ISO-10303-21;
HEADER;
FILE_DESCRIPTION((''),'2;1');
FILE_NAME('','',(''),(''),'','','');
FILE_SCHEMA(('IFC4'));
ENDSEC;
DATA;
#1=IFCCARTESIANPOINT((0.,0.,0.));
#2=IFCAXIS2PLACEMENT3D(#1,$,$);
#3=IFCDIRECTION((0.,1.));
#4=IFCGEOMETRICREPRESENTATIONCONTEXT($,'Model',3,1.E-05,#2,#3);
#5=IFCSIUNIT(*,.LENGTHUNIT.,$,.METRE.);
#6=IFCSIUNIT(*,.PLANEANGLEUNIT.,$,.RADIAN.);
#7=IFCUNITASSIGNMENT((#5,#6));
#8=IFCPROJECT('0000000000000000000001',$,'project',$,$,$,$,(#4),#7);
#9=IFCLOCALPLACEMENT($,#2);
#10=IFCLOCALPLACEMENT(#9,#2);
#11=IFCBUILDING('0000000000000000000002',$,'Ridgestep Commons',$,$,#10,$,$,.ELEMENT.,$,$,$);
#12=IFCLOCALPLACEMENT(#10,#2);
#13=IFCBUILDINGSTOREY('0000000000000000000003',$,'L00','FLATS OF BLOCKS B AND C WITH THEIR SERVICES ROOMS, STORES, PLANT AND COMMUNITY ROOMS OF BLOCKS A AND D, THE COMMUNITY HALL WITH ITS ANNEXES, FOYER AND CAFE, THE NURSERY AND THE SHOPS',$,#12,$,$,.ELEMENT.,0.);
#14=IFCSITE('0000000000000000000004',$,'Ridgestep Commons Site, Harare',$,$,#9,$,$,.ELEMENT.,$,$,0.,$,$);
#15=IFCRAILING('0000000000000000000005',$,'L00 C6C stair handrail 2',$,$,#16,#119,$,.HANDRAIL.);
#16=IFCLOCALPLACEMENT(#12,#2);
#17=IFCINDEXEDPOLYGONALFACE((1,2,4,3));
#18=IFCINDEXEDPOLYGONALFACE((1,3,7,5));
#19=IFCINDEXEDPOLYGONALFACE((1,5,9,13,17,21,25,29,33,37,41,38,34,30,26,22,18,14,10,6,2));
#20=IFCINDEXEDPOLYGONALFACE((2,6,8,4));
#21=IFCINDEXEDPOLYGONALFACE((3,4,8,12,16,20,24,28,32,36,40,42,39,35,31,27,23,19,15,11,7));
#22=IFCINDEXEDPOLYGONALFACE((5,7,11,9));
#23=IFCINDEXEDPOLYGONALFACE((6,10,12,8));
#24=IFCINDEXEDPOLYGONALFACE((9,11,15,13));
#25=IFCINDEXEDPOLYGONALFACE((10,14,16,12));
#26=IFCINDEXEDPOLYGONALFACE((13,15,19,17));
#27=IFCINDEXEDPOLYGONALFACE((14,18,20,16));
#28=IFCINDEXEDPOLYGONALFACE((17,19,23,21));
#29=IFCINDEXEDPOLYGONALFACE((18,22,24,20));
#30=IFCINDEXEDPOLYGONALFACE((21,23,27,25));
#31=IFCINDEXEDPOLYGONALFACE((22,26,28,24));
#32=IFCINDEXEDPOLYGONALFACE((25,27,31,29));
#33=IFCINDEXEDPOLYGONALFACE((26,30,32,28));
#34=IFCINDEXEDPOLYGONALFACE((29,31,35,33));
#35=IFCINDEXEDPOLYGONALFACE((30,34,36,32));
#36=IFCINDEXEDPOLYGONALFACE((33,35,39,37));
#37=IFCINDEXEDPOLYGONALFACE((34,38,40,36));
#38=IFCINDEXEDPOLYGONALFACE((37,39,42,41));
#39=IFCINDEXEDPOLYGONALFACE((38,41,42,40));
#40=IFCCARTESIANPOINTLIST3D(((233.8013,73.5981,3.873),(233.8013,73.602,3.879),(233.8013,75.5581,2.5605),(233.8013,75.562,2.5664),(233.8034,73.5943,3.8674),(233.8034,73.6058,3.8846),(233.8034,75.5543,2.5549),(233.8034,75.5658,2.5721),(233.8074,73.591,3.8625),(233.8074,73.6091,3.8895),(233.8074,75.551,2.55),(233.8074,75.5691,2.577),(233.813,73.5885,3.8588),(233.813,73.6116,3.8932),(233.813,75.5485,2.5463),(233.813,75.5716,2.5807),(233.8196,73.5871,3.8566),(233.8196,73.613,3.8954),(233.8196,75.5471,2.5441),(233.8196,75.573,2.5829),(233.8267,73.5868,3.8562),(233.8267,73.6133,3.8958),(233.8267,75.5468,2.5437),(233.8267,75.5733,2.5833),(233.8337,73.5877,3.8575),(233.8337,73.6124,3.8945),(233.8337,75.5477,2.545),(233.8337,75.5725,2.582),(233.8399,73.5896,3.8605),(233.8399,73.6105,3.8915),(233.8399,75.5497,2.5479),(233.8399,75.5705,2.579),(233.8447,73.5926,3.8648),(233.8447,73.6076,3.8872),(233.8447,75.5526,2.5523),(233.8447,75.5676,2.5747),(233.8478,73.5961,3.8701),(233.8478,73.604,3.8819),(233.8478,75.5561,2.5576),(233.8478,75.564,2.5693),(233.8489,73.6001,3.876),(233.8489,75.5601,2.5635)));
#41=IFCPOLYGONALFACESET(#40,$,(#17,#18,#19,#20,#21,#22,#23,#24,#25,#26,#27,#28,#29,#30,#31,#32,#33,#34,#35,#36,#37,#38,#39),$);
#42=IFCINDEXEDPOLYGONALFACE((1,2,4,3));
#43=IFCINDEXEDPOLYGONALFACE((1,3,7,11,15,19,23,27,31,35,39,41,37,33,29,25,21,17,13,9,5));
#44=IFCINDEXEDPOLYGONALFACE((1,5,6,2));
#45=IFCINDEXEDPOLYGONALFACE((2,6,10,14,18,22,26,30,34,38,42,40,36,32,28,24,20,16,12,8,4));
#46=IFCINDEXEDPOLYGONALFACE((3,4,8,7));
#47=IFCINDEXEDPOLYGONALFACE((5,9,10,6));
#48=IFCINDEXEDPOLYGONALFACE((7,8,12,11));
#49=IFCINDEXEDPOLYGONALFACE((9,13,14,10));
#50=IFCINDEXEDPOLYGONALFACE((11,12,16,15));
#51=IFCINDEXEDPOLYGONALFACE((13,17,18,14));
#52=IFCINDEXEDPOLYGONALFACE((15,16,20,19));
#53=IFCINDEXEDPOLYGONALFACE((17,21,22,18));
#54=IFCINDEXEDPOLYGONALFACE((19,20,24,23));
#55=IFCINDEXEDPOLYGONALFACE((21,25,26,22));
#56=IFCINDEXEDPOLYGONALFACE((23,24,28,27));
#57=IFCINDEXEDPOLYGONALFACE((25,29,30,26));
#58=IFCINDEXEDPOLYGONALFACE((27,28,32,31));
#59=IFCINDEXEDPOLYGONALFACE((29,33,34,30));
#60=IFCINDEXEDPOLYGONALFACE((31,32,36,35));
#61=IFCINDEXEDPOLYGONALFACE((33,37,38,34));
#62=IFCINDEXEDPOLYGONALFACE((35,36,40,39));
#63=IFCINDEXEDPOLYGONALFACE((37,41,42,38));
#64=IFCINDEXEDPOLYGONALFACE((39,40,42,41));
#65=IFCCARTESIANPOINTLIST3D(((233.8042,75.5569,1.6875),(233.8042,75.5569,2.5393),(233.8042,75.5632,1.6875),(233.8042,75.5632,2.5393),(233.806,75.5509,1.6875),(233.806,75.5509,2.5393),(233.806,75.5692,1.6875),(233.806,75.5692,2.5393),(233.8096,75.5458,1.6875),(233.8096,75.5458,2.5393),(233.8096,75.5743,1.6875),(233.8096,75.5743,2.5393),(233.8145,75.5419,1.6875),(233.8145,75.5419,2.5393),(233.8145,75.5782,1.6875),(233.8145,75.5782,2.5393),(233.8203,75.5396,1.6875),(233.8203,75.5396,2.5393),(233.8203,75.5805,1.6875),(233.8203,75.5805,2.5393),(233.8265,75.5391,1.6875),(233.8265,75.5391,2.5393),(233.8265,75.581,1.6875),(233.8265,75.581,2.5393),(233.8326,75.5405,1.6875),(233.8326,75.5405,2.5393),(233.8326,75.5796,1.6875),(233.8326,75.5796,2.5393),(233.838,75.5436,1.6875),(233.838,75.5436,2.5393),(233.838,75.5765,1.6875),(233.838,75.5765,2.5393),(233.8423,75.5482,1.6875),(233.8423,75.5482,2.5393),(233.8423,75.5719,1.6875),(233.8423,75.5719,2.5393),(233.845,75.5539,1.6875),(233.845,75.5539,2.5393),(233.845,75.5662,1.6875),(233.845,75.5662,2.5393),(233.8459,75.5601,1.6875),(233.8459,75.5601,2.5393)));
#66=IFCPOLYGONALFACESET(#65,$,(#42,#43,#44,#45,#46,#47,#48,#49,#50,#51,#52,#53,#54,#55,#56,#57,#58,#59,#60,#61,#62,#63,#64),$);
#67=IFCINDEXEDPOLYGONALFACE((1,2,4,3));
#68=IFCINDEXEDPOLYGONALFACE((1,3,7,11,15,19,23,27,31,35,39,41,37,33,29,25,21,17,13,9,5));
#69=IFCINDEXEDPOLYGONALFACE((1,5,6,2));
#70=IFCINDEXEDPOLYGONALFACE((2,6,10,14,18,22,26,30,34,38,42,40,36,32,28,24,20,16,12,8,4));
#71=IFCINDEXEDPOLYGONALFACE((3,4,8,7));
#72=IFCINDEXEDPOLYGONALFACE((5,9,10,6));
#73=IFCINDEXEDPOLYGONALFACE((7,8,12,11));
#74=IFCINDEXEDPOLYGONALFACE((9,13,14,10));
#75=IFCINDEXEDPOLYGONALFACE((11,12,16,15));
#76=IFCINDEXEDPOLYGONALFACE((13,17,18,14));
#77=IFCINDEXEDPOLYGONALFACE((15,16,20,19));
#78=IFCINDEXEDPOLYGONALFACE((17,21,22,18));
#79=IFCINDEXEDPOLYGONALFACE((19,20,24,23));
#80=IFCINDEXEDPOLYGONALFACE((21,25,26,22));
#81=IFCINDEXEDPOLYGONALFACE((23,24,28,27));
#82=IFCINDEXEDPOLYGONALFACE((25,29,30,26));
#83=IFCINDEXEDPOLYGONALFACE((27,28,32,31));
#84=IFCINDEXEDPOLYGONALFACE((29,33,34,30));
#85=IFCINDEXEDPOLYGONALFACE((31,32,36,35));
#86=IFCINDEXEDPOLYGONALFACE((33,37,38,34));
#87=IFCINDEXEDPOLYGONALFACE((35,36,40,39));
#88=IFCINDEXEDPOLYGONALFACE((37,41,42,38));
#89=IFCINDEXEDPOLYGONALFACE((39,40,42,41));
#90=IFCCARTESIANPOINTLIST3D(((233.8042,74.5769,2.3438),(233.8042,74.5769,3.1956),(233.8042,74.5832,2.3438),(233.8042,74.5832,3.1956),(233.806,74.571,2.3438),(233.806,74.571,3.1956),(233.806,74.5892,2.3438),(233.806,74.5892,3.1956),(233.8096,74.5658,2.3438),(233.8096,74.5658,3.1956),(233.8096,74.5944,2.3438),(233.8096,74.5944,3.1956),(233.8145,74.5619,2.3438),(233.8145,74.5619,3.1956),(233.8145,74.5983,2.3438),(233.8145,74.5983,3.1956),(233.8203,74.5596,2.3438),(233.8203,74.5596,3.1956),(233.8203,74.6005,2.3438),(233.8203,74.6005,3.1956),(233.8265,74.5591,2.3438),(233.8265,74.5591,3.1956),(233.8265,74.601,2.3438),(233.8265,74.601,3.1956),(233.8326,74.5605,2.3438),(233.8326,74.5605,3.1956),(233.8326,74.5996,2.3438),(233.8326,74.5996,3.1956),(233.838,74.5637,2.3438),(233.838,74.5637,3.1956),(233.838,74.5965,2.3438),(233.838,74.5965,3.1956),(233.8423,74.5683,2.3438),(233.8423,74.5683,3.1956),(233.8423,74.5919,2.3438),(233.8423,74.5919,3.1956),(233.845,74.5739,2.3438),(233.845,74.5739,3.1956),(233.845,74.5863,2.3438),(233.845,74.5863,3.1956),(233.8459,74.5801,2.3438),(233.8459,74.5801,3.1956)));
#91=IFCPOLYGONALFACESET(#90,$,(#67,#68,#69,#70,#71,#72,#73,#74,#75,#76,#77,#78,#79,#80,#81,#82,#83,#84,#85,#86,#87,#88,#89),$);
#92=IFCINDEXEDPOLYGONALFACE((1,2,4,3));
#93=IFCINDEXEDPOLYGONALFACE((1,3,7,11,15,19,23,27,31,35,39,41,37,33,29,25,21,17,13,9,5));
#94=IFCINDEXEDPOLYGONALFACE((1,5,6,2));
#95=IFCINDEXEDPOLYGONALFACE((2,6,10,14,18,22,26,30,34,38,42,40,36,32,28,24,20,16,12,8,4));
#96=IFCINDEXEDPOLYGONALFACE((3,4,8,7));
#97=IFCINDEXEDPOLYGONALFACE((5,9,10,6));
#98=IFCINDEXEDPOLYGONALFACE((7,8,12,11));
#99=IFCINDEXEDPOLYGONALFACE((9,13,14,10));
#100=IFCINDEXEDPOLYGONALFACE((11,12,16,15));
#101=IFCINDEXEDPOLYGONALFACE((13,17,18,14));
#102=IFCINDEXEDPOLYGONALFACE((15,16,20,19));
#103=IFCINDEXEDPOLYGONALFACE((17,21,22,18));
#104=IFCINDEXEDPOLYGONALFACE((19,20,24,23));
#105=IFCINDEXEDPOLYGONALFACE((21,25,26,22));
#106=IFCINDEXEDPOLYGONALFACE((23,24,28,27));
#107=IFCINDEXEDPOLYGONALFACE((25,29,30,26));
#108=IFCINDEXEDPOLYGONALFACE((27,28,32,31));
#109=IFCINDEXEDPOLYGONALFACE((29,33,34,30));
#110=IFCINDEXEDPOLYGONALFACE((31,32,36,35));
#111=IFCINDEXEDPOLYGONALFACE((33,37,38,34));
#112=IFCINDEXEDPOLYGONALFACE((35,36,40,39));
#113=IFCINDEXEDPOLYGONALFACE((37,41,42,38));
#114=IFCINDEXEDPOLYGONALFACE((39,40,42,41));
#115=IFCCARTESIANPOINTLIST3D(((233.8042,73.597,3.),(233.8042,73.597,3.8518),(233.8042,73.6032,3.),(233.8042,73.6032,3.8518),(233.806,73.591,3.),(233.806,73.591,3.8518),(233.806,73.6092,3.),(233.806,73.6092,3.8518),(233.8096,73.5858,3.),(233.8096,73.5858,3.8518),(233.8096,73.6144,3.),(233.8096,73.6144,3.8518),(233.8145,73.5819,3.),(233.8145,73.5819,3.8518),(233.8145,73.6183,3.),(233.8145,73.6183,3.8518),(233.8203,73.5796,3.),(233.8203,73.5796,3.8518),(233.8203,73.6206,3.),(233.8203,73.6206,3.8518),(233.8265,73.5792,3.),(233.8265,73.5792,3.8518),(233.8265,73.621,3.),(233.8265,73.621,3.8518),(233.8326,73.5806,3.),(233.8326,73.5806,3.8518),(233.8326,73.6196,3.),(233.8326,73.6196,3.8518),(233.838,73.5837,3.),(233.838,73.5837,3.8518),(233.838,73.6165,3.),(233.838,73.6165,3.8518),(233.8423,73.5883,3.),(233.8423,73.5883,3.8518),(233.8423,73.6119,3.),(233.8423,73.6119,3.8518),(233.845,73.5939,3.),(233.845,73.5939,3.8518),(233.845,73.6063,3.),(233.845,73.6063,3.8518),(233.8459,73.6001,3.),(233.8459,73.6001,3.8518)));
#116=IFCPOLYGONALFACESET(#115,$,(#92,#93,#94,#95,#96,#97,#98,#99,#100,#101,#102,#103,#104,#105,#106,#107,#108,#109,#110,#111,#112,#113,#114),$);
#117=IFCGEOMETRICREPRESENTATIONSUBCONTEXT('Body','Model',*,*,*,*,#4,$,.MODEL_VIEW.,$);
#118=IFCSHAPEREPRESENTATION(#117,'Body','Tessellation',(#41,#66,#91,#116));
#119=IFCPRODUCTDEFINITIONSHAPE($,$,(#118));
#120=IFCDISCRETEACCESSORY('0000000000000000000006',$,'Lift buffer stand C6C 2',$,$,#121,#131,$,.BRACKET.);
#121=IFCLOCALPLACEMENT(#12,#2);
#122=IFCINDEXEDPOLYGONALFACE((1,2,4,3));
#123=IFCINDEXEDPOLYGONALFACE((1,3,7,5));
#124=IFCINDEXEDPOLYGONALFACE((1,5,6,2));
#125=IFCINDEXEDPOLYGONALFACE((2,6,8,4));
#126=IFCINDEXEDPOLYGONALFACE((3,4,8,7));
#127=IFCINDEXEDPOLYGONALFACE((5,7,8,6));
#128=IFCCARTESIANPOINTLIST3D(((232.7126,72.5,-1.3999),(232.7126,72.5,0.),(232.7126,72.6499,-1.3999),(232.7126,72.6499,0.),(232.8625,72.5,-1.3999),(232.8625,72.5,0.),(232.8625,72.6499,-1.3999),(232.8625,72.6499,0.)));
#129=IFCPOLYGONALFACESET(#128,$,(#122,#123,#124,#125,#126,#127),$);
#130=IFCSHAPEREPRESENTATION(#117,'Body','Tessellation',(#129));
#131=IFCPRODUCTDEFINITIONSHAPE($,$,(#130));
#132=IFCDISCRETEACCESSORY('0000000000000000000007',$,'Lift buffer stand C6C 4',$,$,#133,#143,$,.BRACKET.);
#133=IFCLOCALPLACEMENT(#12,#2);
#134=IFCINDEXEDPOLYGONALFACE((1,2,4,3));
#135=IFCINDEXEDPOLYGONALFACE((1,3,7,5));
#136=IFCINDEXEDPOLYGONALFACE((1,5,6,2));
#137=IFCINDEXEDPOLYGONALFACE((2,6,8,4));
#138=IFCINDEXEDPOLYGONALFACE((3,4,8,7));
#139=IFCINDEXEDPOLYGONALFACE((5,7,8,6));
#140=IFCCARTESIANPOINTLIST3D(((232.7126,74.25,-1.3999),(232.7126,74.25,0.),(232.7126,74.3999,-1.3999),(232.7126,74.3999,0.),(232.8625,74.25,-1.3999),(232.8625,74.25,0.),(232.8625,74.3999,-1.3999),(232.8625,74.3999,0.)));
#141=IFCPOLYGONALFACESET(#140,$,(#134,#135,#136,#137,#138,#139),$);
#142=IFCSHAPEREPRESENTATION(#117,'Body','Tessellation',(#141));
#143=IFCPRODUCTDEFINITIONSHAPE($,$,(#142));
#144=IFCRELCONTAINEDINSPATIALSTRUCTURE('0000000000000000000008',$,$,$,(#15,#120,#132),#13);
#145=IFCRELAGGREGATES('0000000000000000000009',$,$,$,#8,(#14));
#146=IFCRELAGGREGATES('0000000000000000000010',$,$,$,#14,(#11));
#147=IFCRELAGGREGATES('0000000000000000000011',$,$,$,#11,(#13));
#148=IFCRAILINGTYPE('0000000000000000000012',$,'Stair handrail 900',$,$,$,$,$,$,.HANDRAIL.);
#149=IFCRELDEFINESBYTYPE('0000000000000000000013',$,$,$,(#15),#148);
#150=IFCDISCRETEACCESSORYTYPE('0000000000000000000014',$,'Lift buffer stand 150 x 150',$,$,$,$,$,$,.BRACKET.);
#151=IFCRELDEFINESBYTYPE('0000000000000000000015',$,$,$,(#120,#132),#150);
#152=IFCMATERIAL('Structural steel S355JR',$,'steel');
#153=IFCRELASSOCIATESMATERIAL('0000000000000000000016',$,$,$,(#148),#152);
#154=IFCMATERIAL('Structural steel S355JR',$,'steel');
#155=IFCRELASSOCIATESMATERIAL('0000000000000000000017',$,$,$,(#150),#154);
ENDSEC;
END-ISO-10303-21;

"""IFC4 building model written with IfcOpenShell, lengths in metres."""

from ifc_helpers import new_model, si_unit, direction, frame, origin, origin_2d, place, context, subcontext, project, spatial, rectangle, circle, extrude, material, type_object, element, save


model = new_model("IFC4")

# Units and contexts
model_context = context("Model", 3, precision=1e-05, world=origin(), true_north=direction((0.0, 1.0)))
body_context = subcontext(model_context, "Body", "Model", "MODEL_VIEW")
ifc_project = project(units=[si_unit("LENGTHUNIT", "METRE"), si_unit("PLANEANGLEUNIT", "RADIAN")], contexts=[model_context])

# Site, building, storey
site_placement = place(None, origin())
site = spatial("IfcSite", under=ifc_project, at=site_placement, Name="Ridgestep Commons Site, Harare", CompositionType="ELEMENT", RefElevation=0.0)
building_placement = place(site_placement, origin())
building = spatial("IfcBuilding", under=site, at=building_placement, Name="Ridgestep Commons", CompositionType="ELEMENT")
storey_placement = place(building_placement, origin())
storey = spatial("IfcBuildingStorey", under=building, at=storey_placement, Name="L00", Description="FLATS OF BLOCKS B AND C WITH THEIR SERVICES ROOMS, STORES, PLANT AND COMMUNITY ROOMS OF BLOCKS A AND D, THE COMMUNITY HALL WITH ITS ANNEXES, FOYER AND CAFE, THE NURSERY AND THE SHOPS", CompositionType="ELEMENT", Elevation=0.0)

# Railing
ifc_material_1 = material(Name="Structural steel S355JR", Category="steel")
railing_type_1 = type_object("IfcRailingType", Name="Stair handrail 900", PredefinedType="HANDRAIL", material=ifc_material_1)
railing_1_placement = place(storey_placement, frame((233.825, 75.5601, 1.6875)))
element("IfcRailing", 1, at=railing_1_placement, inside=storey, type_object=railing_type_1, Name="L00 C6C stair handrail 2", PredefinedType="HANDRAIL", context=body_context, shape_type="SweptSolid", body=[
    extrude(circle(Radius=0.0239, at=origin_2d()), frame((0.0, 0.0, 0.876), z_axis=(0.0, -0.830902, 0.556419), x_axis=(1.0, 0.0, 0.0)), (0.0, 0.0, 1.0), 2.3589),
    extrude(circle(Radius=0.021, at=origin_2d()), origin(), (0.0, 0.0, 1.0), 0.8518),
    extrude(circle(Radius=0.021, at=origin_2d()), frame((0.0, -0.98, 0.6562)), (0.0, 0.0, 1.0), 0.8518),
    extrude(circle(Radius=0.021, at=origin_2d()), frame((0.0, -1.96, 1.3125)), (0.0, 0.0, 1.0), 0.8518),
])

# Discrete accessories
ifc_material_2 = material(Name="Structural steel S355JR", Category="steel")
discrete_accessory_type = type_object("IfcDiscreteAccessoryType", Name="Lift buffer stand 150 x 150", PredefinedType="BRACKET", material=ifc_material_2)
for number, where, z_axis, x_axis, name in (
    (2, (232.7876, 72.575, -1.3999), (0.0, 0.0, 1.0), (1.0, 0.0, 0.0), "Lift buffer stand C6C 2"),
    (3, (232.7876, 74.325, -1.3999), (0.0, 0.0, 1.0), (1.0, 0.0, 0.0), "Lift buffer stand C6C 4"),
):
    element("IfcDiscreteAccessory", number, at=place(storey_placement, frame(where, z_axis=z_axis, x_axis=x_axis)), inside=storey, type_object=discrete_accessory_type, Name=name, PredefinedType="BRACKET", context=body_context, shape_type="SweptSolid", body=[
        extrude(rectangle(XDim=0.1499, YDim=0.1499, at=origin_2d()), origin(), (0.0, 0.0, 1.0), 1.3999),
    ])

save(model, "model.ifc")
